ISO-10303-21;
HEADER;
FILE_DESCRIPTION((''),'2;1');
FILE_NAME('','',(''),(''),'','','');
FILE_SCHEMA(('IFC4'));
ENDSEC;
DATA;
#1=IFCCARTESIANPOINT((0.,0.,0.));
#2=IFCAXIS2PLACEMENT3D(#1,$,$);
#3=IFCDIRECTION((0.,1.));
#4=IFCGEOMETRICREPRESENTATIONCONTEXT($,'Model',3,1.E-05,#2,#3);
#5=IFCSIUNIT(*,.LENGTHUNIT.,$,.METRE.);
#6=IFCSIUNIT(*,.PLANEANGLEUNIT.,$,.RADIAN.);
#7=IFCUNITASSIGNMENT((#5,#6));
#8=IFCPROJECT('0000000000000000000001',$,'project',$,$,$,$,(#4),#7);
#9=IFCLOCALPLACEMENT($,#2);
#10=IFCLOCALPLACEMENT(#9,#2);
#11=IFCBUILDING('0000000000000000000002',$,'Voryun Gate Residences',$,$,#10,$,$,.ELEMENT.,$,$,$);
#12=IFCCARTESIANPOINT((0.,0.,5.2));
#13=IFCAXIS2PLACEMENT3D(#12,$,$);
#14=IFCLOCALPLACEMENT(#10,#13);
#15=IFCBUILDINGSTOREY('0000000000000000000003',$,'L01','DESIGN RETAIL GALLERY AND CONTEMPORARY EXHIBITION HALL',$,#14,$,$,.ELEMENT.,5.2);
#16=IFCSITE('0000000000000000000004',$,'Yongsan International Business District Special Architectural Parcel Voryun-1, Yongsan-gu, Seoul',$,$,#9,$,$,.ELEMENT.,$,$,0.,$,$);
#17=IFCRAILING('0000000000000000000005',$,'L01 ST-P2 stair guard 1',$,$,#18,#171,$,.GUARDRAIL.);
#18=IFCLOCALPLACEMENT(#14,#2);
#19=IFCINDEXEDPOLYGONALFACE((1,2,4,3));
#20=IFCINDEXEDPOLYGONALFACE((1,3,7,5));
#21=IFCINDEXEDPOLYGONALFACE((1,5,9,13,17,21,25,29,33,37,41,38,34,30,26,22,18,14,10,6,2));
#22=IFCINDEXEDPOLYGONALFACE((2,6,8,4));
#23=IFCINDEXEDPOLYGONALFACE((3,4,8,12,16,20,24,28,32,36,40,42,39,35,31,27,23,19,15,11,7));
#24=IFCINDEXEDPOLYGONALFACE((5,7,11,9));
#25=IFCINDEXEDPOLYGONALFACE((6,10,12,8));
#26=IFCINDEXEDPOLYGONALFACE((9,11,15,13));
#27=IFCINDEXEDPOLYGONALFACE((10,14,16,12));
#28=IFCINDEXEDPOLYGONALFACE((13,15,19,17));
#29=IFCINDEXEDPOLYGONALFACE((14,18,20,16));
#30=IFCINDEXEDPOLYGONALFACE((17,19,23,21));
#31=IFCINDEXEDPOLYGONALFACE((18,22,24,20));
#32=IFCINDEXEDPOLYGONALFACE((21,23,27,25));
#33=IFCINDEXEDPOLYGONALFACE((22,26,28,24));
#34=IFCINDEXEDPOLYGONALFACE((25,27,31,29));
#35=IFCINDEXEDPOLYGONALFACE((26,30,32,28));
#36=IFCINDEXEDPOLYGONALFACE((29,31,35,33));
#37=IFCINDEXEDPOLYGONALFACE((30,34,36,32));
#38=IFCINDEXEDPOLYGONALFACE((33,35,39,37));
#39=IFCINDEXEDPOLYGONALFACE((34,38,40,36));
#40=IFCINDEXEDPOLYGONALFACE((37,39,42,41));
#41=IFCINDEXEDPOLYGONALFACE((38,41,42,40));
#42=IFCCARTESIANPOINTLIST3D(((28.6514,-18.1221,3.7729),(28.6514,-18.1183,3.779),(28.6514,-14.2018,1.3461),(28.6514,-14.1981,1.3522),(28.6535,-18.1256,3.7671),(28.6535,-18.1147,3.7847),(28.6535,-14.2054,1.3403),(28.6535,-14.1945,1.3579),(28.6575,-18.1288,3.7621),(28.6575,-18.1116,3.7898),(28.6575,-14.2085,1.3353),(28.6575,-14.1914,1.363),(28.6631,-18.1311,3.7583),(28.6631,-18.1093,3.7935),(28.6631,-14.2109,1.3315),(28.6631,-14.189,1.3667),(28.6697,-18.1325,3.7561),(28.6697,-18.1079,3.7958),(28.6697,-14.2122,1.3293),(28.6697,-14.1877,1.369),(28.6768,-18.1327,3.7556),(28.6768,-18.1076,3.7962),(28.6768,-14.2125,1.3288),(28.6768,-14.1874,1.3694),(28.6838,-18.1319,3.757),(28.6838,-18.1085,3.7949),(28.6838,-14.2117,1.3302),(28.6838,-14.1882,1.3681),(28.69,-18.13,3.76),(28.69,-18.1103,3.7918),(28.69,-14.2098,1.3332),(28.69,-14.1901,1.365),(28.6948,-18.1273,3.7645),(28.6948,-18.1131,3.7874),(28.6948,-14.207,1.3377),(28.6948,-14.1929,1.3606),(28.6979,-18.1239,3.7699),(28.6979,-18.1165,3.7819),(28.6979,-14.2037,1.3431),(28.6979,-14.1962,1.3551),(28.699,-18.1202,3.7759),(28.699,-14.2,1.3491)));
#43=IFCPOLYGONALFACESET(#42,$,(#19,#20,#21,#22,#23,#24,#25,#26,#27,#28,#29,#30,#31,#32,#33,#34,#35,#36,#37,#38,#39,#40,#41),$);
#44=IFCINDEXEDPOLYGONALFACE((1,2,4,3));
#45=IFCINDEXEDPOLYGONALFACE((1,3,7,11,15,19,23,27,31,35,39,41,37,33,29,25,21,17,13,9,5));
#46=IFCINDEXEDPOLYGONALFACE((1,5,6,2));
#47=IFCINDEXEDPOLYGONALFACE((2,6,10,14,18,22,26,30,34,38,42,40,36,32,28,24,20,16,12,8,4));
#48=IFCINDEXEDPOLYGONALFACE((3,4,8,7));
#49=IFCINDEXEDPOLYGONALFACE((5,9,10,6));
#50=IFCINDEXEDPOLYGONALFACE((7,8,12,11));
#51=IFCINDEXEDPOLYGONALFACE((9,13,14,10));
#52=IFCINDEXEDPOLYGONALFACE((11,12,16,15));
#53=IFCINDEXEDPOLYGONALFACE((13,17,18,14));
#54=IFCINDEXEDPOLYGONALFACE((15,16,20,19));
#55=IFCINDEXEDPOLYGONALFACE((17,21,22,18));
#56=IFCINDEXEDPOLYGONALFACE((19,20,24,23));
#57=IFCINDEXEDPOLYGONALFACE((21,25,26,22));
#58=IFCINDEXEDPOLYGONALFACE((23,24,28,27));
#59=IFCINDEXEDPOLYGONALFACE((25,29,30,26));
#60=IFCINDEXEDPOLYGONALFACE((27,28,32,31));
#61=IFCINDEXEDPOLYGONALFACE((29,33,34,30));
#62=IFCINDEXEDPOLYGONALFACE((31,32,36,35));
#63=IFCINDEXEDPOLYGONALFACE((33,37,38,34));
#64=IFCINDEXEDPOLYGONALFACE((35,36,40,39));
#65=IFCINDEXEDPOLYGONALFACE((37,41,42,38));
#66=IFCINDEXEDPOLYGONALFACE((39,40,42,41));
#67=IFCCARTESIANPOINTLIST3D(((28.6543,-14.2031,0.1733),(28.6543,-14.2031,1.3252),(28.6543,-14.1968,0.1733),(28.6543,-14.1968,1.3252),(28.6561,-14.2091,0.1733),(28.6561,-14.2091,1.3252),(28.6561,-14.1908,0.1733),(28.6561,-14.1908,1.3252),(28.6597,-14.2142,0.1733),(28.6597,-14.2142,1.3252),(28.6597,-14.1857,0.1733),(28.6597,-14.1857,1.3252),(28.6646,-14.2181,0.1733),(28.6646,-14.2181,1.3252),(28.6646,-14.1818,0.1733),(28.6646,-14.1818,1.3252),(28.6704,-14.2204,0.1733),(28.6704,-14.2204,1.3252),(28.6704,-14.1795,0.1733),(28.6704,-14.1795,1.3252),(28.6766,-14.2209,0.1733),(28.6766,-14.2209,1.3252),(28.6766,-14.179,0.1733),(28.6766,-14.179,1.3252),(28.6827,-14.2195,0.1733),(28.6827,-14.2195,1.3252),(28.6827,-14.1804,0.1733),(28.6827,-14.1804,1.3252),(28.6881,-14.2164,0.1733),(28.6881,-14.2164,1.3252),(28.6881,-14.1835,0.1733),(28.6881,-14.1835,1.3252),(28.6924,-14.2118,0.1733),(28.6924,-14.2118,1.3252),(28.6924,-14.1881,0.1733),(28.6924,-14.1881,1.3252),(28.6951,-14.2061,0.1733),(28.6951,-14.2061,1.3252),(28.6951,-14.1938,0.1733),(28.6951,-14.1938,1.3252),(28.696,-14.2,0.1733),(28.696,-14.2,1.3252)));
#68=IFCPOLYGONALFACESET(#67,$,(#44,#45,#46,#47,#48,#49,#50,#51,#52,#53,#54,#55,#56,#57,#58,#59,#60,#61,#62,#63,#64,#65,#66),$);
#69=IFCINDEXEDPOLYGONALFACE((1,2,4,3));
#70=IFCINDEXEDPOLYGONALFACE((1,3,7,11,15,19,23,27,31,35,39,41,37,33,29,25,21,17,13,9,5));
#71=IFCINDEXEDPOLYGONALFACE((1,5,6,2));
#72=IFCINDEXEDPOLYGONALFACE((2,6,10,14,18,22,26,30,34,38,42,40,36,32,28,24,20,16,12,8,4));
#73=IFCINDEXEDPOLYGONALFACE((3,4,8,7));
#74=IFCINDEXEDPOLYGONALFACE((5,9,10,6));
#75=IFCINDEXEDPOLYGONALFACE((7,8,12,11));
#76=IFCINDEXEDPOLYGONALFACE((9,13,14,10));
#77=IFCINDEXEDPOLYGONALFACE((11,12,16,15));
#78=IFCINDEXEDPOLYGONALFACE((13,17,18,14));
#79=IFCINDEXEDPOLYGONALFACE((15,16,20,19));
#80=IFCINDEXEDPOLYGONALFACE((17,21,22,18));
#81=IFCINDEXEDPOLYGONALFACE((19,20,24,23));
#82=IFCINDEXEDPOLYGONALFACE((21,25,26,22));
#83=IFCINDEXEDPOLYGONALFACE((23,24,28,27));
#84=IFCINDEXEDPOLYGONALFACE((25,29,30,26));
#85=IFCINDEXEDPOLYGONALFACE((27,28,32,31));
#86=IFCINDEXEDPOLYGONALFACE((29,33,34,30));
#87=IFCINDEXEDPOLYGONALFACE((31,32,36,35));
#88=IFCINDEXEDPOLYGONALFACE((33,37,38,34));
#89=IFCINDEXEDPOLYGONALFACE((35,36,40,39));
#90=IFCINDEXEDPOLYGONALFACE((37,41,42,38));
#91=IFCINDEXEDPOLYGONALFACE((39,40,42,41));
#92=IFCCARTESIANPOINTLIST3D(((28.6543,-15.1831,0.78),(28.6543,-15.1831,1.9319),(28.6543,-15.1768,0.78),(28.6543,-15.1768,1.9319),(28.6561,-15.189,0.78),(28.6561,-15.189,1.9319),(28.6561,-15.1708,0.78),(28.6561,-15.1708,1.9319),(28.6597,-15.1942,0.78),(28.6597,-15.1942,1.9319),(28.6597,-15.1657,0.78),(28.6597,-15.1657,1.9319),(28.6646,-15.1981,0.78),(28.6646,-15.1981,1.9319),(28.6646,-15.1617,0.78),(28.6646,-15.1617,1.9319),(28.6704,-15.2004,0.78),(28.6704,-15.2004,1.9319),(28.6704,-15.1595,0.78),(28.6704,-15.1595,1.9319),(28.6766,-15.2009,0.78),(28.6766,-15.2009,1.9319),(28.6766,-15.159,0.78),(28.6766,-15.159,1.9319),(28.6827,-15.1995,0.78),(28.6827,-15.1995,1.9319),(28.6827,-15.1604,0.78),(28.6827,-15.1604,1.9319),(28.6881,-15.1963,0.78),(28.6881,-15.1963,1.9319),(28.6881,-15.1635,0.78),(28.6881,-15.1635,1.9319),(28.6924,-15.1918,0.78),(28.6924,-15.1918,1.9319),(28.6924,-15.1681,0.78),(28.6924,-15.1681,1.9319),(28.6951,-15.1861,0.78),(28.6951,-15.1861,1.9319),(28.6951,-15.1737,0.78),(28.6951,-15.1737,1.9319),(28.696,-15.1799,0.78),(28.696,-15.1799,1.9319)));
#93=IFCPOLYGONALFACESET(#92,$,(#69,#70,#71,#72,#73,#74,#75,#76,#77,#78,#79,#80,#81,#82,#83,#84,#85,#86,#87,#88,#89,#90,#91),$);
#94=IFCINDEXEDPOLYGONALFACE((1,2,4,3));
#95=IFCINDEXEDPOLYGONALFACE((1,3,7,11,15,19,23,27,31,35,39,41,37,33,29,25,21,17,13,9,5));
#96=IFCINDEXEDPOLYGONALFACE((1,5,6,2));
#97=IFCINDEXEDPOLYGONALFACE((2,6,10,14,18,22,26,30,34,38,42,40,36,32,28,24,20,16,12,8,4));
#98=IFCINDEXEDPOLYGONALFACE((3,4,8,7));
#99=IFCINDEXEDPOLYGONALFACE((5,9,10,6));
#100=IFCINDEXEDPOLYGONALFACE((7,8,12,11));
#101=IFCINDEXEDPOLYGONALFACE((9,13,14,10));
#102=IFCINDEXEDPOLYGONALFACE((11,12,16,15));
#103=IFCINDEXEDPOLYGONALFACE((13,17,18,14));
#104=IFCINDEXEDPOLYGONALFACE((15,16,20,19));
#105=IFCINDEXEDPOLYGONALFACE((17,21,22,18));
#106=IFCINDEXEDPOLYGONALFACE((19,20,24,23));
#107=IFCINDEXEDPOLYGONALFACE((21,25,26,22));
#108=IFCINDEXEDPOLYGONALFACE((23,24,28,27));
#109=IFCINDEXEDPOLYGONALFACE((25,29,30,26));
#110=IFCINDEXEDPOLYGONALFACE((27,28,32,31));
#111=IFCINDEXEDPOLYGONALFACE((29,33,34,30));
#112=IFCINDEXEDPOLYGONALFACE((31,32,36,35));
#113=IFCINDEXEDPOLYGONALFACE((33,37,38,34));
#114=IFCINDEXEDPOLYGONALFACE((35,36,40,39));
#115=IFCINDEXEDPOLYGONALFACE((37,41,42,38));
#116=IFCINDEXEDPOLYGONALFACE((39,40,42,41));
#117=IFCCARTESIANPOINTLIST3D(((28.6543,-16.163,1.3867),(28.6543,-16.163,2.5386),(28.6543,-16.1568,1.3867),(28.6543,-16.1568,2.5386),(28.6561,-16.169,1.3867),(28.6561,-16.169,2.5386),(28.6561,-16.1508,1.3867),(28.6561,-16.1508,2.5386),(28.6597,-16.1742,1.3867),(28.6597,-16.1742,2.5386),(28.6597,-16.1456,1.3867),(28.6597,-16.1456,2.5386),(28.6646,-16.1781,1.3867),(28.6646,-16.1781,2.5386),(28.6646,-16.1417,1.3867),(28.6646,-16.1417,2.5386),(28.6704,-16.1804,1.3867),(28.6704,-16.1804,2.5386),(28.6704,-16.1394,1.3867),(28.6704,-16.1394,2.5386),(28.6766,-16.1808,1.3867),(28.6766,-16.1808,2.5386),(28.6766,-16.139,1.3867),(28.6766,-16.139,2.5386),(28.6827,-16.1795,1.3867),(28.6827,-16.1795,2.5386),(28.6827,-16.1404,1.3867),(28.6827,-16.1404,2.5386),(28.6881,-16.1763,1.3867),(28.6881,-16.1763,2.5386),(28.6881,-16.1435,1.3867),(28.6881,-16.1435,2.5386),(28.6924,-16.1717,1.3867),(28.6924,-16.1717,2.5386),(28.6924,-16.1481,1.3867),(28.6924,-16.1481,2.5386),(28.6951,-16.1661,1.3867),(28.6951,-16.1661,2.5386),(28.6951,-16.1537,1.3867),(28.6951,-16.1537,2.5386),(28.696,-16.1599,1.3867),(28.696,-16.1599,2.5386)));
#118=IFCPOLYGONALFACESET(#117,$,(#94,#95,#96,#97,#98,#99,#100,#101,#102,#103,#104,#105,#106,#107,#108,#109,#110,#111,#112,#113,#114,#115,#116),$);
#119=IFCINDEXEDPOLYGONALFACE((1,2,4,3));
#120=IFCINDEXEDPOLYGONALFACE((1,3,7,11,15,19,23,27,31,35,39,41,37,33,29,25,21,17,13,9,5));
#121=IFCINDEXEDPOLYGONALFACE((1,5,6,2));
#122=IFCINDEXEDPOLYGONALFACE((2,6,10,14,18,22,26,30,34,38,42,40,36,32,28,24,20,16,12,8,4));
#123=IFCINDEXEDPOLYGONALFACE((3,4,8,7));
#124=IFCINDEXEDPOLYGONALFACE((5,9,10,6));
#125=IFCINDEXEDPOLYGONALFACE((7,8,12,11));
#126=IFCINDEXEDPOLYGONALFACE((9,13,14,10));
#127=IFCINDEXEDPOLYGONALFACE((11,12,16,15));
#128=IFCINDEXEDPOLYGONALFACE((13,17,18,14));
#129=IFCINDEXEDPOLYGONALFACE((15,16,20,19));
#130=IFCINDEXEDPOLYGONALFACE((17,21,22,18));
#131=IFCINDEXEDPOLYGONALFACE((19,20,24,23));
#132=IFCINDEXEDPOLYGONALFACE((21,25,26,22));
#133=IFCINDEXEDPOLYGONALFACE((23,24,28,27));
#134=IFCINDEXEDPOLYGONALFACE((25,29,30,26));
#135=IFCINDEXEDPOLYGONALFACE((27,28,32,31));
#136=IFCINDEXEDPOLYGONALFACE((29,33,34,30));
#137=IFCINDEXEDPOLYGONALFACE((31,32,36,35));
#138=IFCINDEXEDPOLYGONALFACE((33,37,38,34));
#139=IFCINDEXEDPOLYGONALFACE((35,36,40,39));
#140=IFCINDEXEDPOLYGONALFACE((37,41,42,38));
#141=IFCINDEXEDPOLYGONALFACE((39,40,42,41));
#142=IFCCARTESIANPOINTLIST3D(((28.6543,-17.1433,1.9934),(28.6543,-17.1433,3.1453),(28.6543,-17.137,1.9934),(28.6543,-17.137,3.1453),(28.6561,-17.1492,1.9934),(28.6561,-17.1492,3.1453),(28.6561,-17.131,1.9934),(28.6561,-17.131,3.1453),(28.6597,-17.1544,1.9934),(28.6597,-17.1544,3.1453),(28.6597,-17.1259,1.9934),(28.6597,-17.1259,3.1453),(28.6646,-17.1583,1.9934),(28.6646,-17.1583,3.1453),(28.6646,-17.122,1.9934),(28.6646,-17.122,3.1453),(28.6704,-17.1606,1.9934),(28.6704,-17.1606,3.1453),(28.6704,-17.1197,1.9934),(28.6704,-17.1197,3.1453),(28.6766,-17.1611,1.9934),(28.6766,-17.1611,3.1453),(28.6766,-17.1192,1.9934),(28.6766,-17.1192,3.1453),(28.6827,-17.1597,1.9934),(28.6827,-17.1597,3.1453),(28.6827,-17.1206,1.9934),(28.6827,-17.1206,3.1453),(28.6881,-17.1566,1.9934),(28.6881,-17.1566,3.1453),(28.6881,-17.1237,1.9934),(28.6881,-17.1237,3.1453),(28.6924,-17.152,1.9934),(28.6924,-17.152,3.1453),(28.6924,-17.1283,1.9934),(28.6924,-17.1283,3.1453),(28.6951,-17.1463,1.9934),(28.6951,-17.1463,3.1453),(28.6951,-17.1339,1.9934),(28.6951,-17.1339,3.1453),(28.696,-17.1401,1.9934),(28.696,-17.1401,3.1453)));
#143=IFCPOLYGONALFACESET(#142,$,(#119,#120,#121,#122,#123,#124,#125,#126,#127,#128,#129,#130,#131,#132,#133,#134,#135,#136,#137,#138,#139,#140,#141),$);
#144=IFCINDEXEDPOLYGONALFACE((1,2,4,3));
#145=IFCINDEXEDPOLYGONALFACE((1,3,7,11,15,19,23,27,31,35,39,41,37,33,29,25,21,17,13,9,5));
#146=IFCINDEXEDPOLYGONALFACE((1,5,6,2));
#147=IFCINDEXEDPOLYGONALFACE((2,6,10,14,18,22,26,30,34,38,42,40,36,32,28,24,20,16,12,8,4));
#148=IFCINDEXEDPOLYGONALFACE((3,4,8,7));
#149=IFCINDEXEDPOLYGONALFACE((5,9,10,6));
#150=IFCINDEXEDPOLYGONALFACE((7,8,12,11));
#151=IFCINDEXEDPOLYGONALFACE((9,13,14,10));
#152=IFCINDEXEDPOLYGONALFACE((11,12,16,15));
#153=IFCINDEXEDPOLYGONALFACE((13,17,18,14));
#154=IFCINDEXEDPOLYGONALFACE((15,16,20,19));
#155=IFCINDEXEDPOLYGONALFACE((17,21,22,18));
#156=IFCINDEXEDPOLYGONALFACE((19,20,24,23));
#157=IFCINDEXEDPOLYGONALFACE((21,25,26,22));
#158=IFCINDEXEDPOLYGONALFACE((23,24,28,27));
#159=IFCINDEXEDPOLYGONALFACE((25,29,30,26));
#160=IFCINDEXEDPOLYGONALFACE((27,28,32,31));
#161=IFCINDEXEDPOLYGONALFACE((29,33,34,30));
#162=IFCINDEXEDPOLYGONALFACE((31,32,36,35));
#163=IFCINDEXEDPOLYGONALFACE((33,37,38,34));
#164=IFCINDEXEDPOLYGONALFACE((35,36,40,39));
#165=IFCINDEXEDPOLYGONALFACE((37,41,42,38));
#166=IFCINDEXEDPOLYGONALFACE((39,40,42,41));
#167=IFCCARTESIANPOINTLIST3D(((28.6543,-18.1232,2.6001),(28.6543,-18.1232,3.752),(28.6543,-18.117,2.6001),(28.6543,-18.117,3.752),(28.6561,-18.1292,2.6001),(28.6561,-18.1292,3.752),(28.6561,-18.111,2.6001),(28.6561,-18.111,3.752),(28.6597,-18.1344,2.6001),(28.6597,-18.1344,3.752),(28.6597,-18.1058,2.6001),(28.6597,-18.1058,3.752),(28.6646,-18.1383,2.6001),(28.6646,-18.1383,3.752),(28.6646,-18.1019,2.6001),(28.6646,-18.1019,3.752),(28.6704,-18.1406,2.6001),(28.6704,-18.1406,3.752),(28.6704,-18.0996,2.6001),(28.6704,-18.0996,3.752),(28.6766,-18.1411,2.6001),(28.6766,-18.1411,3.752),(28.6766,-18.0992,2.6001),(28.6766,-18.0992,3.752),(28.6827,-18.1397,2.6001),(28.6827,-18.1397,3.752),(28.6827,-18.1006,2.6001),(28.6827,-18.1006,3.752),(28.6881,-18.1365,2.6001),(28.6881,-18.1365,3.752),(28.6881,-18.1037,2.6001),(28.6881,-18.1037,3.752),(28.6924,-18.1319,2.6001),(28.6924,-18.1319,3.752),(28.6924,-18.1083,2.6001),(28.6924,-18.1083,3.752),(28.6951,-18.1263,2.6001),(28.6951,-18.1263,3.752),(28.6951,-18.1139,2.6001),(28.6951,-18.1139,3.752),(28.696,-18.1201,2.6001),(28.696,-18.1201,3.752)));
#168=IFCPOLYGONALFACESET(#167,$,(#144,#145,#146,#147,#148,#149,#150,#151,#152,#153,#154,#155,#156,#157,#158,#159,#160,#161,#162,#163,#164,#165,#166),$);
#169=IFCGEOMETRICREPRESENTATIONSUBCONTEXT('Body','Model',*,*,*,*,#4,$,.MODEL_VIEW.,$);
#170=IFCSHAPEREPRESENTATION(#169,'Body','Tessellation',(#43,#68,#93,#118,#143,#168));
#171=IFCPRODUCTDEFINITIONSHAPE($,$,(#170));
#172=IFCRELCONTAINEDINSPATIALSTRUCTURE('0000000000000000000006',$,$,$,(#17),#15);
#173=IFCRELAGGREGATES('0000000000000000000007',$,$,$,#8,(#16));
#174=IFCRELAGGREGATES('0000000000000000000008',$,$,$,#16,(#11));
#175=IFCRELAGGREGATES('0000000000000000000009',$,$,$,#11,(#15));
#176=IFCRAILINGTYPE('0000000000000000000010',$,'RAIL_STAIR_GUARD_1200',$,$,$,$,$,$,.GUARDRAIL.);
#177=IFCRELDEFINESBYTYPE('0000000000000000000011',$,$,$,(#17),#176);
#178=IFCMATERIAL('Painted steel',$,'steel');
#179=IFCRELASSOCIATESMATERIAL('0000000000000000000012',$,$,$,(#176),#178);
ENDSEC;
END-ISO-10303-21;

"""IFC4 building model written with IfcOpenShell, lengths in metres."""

from ifc_helpers import new_model, si_unit, direction, frame, origin, origin_2d, place, context, subcontext, project, spatial, circle, extrude, material, type_object, element, save


model = new_model("IFC4")

# Units and contexts
model_context = context("Model", 3, precision=1e-05, world=origin(), true_north=direction((0.0, 1.0)))
body_context = subcontext(model_context, "Body", "Model", "MODEL_VIEW")
ifc_project = project(units=[si_unit("LENGTHUNIT", "METRE"), si_unit("PLANEANGLEUNIT", "RADIAN")], contexts=[model_context])

# Site, building, storey
site_placement = place(None, origin())
site = spatial("IfcSite", under=ifc_project, at=site_placement, Name="Yongsan International Business District Special Architectural Parcel Voryun-1, Yongsan-gu, Seoul", CompositionType="ELEMENT", RefElevation=0.0)
building_placement = place(site_placement, origin())
building = spatial("IfcBuilding", under=site, at=building_placement, Name="Voryun Gate Residences", CompositionType="ELEMENT")
storey_placement = place(building_placement, frame((0.0, 0.0, 5.2)))
storey = spatial("IfcBuildingStorey", under=building, at=storey_placement, Name="L01", Description="DESIGN RETAIL GALLERY AND CONTEMPORARY EXHIBITION HALL", CompositionType="ELEMENT", Elevation=5.2)

# Railing
ifc_material_1 = material(Name="Painted steel", Category="steel")
railing_type_1 = type_object("IfcRailingType", Name="RAIL_STAIR_GUARD_1200", PredefinedType="GUARDRAIL", material=ifc_material_1)
railing_1_placement = place(storey_placement, frame((28.675, -14.2, 0.1733)))
element("IfcRailing", 1, at=railing_1_placement, inside=storey, type_object=railing_type_1, Name="L01 ST-P2 stair guard 1", PredefinedType="GUARDRAIL", context=body_context, shape_type="SweptSolid", body=[
    extrude(circle(Radius=0.0239, at=origin_2d()), frame((0.0, 0.0, 1.1758), z_axis=(0.0, -0.850266, 0.526353), x_axis=(1.0, 0.0, 0.0)), (0.0, 0.0, 1.0), 4.6106),
    extrude(circle(Radius=0.021, at=origin_2d()), origin(), (0.0, 0.0, 1.0), 1.1519),
    extrude(circle(Radius=0.021, at=origin_2d()), frame((0.0, -0.98, 0.6067)), (0.0, 0.0, 1.0), 1.1519),
    extrude(circle(Radius=0.021, at=origin_2d()), frame((0.0, -1.96, 1.2134)), (0.0, 0.0, 1.0), 1.1519),
    extrude(circle(Radius=0.021, at=origin_2d()), frame((0.0, -2.9402, 1.8201)), (0.0, 0.0, 1.0), 1.1519),
    extrude(circle(Radius=0.021, at=origin_2d()), frame((0.0, -3.9202, 2.4268)), (0.0, 0.0, 1.0), 1.1519),
])

save(model, "model.ifc")
